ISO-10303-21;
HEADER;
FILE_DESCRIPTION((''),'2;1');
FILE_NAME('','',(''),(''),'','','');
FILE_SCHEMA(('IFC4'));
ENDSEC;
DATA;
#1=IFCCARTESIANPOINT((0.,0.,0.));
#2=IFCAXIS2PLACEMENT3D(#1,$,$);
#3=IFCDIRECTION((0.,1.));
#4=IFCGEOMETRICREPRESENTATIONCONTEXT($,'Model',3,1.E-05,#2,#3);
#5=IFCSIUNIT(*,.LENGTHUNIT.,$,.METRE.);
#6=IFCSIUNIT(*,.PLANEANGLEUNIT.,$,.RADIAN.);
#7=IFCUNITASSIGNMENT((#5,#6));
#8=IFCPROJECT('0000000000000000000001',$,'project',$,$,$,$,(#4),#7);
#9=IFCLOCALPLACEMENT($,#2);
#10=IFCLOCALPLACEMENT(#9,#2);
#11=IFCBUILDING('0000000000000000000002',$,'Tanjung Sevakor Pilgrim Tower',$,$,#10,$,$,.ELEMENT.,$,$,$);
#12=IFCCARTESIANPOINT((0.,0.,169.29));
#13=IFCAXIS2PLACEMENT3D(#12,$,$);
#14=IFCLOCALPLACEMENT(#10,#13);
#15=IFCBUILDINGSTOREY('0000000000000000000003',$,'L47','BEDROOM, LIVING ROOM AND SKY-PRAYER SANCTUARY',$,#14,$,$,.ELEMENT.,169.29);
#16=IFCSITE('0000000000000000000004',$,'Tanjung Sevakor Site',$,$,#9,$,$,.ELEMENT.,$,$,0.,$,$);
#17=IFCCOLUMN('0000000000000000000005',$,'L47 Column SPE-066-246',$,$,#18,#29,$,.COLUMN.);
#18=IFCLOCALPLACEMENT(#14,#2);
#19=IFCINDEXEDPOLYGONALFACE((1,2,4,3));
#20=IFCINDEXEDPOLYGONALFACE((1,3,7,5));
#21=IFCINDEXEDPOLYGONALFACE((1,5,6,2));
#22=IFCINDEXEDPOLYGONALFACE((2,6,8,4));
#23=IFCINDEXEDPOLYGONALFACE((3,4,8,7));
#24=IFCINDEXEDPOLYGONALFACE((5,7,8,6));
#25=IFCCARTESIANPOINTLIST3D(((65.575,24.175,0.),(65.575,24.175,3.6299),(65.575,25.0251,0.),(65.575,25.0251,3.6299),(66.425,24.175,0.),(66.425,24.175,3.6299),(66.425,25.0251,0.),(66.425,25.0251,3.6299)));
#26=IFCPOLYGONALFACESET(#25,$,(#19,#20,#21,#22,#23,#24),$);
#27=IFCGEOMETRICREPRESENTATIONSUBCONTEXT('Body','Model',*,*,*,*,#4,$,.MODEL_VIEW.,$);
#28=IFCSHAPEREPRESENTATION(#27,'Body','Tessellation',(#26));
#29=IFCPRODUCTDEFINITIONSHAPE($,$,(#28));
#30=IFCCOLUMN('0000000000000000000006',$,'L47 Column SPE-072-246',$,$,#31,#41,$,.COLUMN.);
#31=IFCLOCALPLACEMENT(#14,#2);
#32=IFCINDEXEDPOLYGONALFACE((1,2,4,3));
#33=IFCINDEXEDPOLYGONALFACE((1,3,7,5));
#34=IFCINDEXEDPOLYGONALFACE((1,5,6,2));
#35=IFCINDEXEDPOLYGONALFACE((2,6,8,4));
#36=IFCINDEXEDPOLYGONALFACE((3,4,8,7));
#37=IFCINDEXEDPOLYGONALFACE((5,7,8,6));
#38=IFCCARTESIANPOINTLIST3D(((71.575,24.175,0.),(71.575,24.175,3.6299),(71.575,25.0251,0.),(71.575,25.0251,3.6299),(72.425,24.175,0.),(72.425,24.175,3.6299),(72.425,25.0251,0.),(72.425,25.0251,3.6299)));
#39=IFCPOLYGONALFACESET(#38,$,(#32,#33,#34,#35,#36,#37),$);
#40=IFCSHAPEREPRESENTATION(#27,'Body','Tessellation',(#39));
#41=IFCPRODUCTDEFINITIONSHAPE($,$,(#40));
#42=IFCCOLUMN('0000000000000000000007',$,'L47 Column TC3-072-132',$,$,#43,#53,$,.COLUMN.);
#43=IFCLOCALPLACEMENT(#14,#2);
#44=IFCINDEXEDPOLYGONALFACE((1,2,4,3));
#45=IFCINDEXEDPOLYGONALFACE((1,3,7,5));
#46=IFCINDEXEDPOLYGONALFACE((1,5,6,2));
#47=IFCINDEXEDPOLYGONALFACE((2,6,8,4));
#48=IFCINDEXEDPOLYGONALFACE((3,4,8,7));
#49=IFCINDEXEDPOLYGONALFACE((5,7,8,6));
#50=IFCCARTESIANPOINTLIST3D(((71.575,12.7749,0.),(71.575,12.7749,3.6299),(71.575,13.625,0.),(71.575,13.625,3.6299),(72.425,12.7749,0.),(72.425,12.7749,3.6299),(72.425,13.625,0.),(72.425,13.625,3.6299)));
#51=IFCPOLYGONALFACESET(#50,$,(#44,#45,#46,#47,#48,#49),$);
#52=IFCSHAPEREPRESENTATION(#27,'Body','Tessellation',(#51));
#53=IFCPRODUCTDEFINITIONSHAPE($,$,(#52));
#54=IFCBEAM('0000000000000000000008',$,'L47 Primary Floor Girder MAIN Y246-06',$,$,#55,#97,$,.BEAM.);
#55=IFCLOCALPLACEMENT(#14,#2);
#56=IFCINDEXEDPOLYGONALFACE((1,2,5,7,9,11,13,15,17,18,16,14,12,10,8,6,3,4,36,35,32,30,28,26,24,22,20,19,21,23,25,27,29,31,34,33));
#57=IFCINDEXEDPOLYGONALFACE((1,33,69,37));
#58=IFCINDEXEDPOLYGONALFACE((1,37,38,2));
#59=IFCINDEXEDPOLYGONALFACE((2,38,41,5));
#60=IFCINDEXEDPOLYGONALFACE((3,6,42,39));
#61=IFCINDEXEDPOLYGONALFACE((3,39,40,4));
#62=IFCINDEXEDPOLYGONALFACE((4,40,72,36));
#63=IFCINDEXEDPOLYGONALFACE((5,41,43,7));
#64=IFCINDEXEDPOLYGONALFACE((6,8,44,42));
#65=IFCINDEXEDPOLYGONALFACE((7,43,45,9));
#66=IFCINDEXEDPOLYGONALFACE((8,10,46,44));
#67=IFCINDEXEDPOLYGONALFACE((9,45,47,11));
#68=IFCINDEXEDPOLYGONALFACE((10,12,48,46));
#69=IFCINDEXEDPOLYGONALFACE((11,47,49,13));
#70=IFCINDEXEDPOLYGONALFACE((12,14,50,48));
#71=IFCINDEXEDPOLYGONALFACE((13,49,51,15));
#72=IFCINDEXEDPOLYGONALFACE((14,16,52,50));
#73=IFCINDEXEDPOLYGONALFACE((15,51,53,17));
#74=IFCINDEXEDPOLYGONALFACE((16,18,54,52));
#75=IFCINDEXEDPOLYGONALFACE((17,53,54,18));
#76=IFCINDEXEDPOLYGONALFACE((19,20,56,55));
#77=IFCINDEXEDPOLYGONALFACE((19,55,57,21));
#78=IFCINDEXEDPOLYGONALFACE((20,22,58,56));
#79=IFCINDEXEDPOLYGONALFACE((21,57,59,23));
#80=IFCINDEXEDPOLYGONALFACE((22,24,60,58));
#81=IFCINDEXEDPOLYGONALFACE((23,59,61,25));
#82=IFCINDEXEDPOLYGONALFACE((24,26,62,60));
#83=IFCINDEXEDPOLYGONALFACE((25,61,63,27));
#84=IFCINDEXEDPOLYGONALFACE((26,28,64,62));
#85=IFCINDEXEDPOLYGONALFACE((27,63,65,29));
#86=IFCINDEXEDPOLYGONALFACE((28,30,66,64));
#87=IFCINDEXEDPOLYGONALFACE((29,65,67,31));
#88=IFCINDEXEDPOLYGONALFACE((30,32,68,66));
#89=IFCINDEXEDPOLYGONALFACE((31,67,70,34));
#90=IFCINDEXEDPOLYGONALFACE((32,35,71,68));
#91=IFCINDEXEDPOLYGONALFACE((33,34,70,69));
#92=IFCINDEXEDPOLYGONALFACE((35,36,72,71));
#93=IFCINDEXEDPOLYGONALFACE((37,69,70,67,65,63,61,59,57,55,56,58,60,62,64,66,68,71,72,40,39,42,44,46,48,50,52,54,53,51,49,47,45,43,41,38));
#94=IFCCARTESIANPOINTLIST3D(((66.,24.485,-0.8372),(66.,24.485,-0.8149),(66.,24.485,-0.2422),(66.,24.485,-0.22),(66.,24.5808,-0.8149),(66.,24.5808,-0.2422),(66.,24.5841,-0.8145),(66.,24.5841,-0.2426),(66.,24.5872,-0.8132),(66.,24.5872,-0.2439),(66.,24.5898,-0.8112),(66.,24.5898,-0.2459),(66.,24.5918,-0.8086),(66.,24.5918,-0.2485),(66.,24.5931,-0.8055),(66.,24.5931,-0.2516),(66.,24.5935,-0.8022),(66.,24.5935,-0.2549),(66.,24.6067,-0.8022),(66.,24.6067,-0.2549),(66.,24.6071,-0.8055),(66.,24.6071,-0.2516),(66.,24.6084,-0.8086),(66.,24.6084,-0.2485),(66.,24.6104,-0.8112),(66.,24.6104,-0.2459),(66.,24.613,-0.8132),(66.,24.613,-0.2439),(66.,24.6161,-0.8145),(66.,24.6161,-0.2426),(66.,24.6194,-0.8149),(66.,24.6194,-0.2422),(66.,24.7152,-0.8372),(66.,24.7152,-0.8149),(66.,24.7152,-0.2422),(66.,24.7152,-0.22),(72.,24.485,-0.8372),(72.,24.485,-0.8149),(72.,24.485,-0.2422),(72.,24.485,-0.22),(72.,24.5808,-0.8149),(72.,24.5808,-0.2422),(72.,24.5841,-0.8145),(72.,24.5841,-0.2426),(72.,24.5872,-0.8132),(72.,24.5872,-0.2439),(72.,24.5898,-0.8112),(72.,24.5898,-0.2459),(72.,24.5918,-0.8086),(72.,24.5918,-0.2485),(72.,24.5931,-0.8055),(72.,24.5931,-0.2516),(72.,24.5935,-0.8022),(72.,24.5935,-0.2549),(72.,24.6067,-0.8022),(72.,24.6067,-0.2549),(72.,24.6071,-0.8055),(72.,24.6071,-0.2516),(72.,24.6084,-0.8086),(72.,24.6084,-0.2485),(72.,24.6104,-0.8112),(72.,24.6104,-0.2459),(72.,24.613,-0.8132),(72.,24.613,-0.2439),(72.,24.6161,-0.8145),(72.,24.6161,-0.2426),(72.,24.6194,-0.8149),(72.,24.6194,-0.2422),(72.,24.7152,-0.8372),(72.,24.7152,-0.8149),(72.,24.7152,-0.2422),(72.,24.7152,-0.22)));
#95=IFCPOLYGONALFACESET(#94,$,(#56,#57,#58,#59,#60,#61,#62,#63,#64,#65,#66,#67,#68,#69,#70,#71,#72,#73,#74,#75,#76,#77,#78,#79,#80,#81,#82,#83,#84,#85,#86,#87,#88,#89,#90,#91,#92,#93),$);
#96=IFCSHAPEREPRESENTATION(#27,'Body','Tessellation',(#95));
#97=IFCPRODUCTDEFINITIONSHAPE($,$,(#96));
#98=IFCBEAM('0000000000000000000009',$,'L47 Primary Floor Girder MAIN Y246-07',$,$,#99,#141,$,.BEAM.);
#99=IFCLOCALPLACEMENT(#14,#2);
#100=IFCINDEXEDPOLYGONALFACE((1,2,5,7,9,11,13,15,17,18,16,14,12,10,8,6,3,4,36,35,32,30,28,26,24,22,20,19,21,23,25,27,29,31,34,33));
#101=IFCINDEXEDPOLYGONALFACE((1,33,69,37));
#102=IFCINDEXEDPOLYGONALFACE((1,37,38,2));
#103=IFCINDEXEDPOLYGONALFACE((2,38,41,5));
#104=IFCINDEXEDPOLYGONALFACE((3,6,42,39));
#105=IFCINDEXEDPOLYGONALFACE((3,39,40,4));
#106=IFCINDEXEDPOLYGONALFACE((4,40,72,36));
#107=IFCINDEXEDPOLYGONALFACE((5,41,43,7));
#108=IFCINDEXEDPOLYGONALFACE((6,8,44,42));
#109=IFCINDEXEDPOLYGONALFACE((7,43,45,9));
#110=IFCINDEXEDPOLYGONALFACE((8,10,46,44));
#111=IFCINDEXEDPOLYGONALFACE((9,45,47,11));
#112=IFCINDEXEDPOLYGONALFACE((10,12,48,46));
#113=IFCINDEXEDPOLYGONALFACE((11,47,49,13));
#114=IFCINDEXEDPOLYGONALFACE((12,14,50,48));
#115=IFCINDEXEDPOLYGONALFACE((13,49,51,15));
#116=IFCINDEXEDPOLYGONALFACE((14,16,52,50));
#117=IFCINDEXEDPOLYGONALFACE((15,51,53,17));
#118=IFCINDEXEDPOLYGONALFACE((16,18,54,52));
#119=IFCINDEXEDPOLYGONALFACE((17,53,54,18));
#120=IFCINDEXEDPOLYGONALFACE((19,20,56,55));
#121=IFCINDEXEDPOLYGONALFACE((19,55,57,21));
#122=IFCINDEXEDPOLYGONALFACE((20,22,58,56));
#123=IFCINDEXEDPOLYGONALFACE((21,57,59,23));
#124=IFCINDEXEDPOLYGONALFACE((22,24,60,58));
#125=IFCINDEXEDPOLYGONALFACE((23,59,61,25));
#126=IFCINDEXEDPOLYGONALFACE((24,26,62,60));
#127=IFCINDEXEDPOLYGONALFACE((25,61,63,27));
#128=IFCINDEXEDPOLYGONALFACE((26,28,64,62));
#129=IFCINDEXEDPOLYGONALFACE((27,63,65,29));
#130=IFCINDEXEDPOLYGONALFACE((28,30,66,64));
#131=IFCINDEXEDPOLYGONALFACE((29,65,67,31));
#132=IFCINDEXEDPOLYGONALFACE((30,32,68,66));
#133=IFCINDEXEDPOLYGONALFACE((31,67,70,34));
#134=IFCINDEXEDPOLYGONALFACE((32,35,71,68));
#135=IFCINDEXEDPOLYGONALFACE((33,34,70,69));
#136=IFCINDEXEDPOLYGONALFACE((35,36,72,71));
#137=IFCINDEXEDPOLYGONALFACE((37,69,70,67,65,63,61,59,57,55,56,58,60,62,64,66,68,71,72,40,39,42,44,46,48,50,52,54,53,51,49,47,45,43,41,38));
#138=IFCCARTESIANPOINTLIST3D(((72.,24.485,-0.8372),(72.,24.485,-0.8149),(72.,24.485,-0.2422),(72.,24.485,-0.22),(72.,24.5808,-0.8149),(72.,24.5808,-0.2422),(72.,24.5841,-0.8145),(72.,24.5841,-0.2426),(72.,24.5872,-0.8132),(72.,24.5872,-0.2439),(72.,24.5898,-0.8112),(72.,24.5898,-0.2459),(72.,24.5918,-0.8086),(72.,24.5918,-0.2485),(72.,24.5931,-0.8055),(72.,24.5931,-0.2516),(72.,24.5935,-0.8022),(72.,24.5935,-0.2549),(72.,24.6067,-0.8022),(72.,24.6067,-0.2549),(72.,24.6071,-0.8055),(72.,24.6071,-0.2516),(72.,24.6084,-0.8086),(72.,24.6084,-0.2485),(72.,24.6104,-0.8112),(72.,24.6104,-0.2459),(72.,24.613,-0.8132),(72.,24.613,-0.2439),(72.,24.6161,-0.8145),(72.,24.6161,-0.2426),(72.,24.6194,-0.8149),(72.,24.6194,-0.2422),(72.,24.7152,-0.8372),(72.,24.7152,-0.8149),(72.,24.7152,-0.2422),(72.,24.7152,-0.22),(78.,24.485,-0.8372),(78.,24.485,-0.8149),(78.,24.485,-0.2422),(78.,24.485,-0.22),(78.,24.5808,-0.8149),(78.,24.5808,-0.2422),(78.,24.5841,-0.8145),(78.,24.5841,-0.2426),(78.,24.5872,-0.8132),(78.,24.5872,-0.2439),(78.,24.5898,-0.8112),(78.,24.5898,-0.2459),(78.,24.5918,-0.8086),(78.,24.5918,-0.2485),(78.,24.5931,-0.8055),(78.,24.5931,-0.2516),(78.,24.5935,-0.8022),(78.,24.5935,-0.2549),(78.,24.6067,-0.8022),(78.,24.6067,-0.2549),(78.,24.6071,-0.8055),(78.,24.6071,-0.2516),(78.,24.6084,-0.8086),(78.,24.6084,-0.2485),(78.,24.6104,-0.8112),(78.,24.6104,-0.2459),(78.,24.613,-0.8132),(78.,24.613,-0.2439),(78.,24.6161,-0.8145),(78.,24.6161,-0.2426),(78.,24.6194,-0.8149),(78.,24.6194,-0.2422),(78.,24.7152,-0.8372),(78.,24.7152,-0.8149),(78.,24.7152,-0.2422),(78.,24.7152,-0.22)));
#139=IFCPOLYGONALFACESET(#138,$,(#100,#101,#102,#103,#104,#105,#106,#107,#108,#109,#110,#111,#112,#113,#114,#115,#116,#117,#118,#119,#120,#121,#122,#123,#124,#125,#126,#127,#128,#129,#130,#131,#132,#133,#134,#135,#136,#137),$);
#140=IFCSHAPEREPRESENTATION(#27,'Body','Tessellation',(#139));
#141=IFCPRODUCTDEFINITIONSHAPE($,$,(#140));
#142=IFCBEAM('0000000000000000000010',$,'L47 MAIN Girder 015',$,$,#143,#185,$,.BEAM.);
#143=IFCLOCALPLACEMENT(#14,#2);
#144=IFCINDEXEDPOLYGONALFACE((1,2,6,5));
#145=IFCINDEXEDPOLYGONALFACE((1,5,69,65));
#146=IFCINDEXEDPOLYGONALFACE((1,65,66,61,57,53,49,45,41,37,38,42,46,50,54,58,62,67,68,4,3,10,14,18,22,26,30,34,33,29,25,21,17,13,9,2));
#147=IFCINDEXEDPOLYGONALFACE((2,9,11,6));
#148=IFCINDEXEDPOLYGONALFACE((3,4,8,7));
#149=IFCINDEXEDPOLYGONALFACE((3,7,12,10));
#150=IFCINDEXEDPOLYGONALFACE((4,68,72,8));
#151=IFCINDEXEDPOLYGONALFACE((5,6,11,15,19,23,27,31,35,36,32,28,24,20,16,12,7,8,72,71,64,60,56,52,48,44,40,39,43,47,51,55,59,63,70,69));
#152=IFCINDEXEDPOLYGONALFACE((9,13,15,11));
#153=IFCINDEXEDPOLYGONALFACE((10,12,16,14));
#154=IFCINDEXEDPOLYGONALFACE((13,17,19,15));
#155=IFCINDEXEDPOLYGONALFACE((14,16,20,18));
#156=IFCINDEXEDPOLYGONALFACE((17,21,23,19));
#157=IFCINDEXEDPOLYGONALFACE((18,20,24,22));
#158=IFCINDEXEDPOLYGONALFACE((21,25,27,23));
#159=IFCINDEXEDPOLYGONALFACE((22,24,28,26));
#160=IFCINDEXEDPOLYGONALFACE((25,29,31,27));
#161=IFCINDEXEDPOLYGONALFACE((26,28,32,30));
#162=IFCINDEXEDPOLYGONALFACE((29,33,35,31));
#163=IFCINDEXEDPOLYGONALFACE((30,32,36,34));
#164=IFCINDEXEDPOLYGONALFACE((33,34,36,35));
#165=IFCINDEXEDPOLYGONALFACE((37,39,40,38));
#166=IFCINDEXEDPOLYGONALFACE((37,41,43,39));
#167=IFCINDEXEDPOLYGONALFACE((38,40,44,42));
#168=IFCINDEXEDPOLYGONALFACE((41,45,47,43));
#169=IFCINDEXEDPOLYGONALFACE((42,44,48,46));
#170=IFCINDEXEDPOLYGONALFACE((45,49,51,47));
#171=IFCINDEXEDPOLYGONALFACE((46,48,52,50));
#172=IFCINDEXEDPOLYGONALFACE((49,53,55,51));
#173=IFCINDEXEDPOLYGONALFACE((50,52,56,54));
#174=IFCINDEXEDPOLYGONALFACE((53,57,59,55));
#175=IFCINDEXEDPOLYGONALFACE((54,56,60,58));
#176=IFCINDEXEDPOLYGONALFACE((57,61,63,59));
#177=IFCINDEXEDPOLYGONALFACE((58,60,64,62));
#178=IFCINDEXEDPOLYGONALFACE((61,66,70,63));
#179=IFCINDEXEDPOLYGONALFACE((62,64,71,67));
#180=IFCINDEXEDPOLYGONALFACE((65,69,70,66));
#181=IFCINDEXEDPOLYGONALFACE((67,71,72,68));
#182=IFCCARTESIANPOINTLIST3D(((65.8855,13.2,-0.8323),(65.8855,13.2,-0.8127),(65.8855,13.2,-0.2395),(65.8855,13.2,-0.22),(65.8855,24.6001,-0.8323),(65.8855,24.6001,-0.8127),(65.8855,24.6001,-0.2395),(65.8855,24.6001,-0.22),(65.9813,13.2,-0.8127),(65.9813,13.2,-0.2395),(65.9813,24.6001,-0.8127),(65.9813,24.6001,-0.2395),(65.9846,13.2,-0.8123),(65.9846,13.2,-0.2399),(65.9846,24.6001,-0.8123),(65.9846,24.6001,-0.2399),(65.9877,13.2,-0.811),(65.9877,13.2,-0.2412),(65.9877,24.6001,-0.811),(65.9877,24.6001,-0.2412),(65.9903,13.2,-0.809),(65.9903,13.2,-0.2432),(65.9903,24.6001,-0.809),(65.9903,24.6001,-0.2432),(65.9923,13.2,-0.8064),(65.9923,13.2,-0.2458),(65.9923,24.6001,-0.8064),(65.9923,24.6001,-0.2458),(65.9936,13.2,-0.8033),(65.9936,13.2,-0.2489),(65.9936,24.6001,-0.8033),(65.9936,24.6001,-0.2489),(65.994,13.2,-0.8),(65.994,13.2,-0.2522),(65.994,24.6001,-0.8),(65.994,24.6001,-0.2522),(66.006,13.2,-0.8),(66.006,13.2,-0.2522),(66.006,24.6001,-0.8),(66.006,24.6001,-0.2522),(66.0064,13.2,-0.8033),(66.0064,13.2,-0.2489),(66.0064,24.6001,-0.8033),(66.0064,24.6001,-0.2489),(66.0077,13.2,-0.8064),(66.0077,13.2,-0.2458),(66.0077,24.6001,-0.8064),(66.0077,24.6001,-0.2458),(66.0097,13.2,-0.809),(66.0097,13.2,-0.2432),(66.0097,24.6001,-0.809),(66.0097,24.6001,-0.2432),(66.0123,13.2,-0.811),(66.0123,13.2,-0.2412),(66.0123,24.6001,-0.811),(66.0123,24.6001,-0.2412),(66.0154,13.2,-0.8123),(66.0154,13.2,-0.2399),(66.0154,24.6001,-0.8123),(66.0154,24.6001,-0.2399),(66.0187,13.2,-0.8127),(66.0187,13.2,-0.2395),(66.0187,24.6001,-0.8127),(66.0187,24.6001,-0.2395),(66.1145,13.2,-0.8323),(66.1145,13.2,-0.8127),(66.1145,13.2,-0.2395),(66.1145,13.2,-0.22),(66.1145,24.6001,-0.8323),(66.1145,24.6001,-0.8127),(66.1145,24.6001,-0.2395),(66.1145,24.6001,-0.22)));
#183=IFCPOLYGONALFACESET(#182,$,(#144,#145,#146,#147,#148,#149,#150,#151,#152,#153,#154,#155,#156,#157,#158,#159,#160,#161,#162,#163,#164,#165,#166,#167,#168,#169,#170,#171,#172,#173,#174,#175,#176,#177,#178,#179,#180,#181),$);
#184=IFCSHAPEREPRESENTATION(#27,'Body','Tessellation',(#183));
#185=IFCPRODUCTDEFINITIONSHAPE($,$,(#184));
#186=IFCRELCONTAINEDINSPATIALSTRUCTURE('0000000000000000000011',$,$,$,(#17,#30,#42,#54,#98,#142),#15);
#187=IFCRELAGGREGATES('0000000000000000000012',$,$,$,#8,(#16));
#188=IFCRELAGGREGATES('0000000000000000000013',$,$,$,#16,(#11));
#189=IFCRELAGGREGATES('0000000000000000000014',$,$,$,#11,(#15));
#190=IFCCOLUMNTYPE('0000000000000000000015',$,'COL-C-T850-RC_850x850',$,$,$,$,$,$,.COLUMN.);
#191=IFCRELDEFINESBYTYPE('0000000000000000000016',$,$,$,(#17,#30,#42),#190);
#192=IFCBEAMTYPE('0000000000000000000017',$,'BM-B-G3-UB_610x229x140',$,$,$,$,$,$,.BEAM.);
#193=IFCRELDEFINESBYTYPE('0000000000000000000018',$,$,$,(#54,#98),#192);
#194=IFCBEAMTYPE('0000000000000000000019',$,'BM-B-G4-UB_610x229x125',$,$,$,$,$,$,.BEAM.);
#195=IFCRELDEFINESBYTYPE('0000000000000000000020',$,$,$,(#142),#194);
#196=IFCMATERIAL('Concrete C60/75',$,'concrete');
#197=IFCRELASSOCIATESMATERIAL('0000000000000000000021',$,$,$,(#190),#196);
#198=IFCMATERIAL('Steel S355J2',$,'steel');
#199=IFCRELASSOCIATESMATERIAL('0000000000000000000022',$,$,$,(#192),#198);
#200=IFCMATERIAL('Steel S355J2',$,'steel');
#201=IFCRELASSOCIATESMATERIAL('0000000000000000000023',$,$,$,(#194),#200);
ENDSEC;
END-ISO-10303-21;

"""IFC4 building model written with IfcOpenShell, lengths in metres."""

from ifc_helpers import new_model, si_unit, direction, frame, origin, origin_2d, place, context, subcontext, project, spatial, rectangle, i_section, extrude, material, material_profile, profile_set, type_object, element, save


model = new_model("IFC4")

# Units and contexts
model_context = context("Model", 3, precision=1e-05, world=origin(), true_north=direction((0.0, 1.0)))
body_context = subcontext(model_context, "Body", "Model", "MODEL_VIEW")
ifc_project = project(units=[si_unit("LENGTHUNIT", "METRE"), si_unit("PLANEANGLEUNIT", "RADIAN")], contexts=[model_context])

# Site, building, storey
site_placement = place(None, origin())
site = spatial("IfcSite", under=ifc_project, at=site_placement, Name="Tanjung Sevakor Site", CompositionType="ELEMENT", RefElevation=0.0)
building_placement = place(site_placement, origin())
building = spatial("IfcBuilding", under=site, at=building_placement, Name="Tanjung Sevakor Pilgrim Tower", CompositionType="ELEMENT")
storey_placement = place(building_placement, frame((0.0, 0.0, 169.29)))
storey = spatial("IfcBuildingStorey", under=building, at=storey_placement, Name="L47", Description="BEDROOM, LIVING ROOM AND SKY-PRAYER SANCTUARY", CompositionType="ELEMENT", Elevation=169.29)

# Columns
ifc_material_1 = material(Name="Concrete C60/75", Category="concrete")
ifc_material_profile_1 = material_profile(ifc_material_1, rectangle(XDim=0.8501, YDim=0.8501, at=origin_2d()))
ifc_profile_set_1 = profile_set([ifc_material_profile_1], Name="Concrete C60/75")
column_type = type_object("IfcColumnType", Name="COL-C-T850-RC_850x850", PredefinedType="COLUMN", material=ifc_profile_set_1)
for number, where, z_axis, x_axis, name in (
    (1, (66.0, 24.6001, 0.0), (0.0, 0.0, 1.0), (1.0, 0.0, 0.0), "L47 Column SPE-066-246"),
    (2, (72.0, 24.6001, 0.0), (0.0, 0.0, 1.0), (1.0, 0.0, 0.0), "L47 Column SPE-072-246"),
    (3, (72.0, 13.2, 0.0), (0.0, 0.0, 1.0), (1.0, 0.0, 0.0), "L47 Column TC3-072-132"),
):
    element("IfcColumn", number, at=place(storey_placement, frame(where, z_axis=z_axis, x_axis=x_axis)), inside=storey, type_object=column_type, Name=name, PredefinedType="COLUMN", context=body_context, shape_type="SweptSolid", body=[
        extrude(rectangle(XDim=0.8501, YDim=0.8501, at=origin_2d()), origin(), (0.0, 0.0, 1.0), 3.6299),
    ])

# Beams
ifc_material_2 = material(Name="Steel S355J2", Category="steel")
ifc_material_profile_2 = material_profile(ifc_material_2, i_section(OverallWidth=0.2302, OverallDepth=0.6172, WebThickness=0.0132, FlangeThickness=0.0222, FilletRadius=0.0127, at=origin_2d()))
ifc_profile_set_2 = profile_set([ifc_material_profile_2], Name="Steel S355J2")
beam_type_1 = type_object("IfcBeamType", Name="BM-B-G3-UB_610x229x140", PredefinedType="BEAM", material=ifc_profile_set_2)
for number, where, z_axis, x_axis, name in (
    (4, (66.0, 24.6001, -0.5286), (1.0, 0.0, 0.0), (0.0, 1.0, 0.0), "L47 Primary Floor Girder MAIN Y246-06"),
    (5, (72.0, 24.6001, -0.5286), (1.0, 0.0, 0.0), (0.0, 1.0, 0.0), "L47 Primary Floor Girder MAIN Y246-07"),
):
    element("IfcBeam", number, at=place(storey_placement, frame(where, z_axis=z_axis, x_axis=x_axis)), inside=storey, type_object=beam_type_1, Name=name, PredefinedType="BEAM", context=body_context, shape_type="SweptSolid", body=[
        extrude(i_section(OverallWidth=0.2302, OverallDepth=0.6172, WebThickness=0.0132, FlangeThickness=0.0222, FilletRadius=0.0127, at=origin_2d()), origin(), (0.0, 0.0, 1.0), 6.0),
    ])
ifc_material_3 = material(Name="Steel S355J2", Category="steel")
ifc_material_profile_3 = material_profile(ifc_material_3, i_section(OverallWidth=0.229, OverallDepth=0.6123, WebThickness=0.012, FlangeThickness=0.0195, FilletRadius=0.0127, at=origin_2d()))
ifc_profile_set_3 = profile_set([ifc_material_profile_3], Name="Steel S355J2")
beam_type_2 = type_object("IfcBeamType", Name="BM-B-G4-UB_610x229x125", PredefinedType="BEAM", material=ifc_profile_set_3)
beam_1_placement = place(storey_placement, frame((66.0, 13.2, -0.5261), z_axis=(0.0, 1.0, 0.0), x_axis=(-1.0, 0.0, 0.0)))
element("IfcBeam", 6, at=beam_1_placement, inside=storey, type_object=beam_type_2, Name="L47 MAIN Girder 015", PredefinedType="BEAM", context=body_context, shape_type="SweptSolid", body=[
    extrude(i_section(OverallWidth=0.229, OverallDepth=0.6123, WebThickness=0.012, FlangeThickness=0.0195, FilletRadius=0.0127, at=origin_2d()), origin(), (0.0, 0.0, 1.0), 11.4001),
])

save(model, "model.ifc")
